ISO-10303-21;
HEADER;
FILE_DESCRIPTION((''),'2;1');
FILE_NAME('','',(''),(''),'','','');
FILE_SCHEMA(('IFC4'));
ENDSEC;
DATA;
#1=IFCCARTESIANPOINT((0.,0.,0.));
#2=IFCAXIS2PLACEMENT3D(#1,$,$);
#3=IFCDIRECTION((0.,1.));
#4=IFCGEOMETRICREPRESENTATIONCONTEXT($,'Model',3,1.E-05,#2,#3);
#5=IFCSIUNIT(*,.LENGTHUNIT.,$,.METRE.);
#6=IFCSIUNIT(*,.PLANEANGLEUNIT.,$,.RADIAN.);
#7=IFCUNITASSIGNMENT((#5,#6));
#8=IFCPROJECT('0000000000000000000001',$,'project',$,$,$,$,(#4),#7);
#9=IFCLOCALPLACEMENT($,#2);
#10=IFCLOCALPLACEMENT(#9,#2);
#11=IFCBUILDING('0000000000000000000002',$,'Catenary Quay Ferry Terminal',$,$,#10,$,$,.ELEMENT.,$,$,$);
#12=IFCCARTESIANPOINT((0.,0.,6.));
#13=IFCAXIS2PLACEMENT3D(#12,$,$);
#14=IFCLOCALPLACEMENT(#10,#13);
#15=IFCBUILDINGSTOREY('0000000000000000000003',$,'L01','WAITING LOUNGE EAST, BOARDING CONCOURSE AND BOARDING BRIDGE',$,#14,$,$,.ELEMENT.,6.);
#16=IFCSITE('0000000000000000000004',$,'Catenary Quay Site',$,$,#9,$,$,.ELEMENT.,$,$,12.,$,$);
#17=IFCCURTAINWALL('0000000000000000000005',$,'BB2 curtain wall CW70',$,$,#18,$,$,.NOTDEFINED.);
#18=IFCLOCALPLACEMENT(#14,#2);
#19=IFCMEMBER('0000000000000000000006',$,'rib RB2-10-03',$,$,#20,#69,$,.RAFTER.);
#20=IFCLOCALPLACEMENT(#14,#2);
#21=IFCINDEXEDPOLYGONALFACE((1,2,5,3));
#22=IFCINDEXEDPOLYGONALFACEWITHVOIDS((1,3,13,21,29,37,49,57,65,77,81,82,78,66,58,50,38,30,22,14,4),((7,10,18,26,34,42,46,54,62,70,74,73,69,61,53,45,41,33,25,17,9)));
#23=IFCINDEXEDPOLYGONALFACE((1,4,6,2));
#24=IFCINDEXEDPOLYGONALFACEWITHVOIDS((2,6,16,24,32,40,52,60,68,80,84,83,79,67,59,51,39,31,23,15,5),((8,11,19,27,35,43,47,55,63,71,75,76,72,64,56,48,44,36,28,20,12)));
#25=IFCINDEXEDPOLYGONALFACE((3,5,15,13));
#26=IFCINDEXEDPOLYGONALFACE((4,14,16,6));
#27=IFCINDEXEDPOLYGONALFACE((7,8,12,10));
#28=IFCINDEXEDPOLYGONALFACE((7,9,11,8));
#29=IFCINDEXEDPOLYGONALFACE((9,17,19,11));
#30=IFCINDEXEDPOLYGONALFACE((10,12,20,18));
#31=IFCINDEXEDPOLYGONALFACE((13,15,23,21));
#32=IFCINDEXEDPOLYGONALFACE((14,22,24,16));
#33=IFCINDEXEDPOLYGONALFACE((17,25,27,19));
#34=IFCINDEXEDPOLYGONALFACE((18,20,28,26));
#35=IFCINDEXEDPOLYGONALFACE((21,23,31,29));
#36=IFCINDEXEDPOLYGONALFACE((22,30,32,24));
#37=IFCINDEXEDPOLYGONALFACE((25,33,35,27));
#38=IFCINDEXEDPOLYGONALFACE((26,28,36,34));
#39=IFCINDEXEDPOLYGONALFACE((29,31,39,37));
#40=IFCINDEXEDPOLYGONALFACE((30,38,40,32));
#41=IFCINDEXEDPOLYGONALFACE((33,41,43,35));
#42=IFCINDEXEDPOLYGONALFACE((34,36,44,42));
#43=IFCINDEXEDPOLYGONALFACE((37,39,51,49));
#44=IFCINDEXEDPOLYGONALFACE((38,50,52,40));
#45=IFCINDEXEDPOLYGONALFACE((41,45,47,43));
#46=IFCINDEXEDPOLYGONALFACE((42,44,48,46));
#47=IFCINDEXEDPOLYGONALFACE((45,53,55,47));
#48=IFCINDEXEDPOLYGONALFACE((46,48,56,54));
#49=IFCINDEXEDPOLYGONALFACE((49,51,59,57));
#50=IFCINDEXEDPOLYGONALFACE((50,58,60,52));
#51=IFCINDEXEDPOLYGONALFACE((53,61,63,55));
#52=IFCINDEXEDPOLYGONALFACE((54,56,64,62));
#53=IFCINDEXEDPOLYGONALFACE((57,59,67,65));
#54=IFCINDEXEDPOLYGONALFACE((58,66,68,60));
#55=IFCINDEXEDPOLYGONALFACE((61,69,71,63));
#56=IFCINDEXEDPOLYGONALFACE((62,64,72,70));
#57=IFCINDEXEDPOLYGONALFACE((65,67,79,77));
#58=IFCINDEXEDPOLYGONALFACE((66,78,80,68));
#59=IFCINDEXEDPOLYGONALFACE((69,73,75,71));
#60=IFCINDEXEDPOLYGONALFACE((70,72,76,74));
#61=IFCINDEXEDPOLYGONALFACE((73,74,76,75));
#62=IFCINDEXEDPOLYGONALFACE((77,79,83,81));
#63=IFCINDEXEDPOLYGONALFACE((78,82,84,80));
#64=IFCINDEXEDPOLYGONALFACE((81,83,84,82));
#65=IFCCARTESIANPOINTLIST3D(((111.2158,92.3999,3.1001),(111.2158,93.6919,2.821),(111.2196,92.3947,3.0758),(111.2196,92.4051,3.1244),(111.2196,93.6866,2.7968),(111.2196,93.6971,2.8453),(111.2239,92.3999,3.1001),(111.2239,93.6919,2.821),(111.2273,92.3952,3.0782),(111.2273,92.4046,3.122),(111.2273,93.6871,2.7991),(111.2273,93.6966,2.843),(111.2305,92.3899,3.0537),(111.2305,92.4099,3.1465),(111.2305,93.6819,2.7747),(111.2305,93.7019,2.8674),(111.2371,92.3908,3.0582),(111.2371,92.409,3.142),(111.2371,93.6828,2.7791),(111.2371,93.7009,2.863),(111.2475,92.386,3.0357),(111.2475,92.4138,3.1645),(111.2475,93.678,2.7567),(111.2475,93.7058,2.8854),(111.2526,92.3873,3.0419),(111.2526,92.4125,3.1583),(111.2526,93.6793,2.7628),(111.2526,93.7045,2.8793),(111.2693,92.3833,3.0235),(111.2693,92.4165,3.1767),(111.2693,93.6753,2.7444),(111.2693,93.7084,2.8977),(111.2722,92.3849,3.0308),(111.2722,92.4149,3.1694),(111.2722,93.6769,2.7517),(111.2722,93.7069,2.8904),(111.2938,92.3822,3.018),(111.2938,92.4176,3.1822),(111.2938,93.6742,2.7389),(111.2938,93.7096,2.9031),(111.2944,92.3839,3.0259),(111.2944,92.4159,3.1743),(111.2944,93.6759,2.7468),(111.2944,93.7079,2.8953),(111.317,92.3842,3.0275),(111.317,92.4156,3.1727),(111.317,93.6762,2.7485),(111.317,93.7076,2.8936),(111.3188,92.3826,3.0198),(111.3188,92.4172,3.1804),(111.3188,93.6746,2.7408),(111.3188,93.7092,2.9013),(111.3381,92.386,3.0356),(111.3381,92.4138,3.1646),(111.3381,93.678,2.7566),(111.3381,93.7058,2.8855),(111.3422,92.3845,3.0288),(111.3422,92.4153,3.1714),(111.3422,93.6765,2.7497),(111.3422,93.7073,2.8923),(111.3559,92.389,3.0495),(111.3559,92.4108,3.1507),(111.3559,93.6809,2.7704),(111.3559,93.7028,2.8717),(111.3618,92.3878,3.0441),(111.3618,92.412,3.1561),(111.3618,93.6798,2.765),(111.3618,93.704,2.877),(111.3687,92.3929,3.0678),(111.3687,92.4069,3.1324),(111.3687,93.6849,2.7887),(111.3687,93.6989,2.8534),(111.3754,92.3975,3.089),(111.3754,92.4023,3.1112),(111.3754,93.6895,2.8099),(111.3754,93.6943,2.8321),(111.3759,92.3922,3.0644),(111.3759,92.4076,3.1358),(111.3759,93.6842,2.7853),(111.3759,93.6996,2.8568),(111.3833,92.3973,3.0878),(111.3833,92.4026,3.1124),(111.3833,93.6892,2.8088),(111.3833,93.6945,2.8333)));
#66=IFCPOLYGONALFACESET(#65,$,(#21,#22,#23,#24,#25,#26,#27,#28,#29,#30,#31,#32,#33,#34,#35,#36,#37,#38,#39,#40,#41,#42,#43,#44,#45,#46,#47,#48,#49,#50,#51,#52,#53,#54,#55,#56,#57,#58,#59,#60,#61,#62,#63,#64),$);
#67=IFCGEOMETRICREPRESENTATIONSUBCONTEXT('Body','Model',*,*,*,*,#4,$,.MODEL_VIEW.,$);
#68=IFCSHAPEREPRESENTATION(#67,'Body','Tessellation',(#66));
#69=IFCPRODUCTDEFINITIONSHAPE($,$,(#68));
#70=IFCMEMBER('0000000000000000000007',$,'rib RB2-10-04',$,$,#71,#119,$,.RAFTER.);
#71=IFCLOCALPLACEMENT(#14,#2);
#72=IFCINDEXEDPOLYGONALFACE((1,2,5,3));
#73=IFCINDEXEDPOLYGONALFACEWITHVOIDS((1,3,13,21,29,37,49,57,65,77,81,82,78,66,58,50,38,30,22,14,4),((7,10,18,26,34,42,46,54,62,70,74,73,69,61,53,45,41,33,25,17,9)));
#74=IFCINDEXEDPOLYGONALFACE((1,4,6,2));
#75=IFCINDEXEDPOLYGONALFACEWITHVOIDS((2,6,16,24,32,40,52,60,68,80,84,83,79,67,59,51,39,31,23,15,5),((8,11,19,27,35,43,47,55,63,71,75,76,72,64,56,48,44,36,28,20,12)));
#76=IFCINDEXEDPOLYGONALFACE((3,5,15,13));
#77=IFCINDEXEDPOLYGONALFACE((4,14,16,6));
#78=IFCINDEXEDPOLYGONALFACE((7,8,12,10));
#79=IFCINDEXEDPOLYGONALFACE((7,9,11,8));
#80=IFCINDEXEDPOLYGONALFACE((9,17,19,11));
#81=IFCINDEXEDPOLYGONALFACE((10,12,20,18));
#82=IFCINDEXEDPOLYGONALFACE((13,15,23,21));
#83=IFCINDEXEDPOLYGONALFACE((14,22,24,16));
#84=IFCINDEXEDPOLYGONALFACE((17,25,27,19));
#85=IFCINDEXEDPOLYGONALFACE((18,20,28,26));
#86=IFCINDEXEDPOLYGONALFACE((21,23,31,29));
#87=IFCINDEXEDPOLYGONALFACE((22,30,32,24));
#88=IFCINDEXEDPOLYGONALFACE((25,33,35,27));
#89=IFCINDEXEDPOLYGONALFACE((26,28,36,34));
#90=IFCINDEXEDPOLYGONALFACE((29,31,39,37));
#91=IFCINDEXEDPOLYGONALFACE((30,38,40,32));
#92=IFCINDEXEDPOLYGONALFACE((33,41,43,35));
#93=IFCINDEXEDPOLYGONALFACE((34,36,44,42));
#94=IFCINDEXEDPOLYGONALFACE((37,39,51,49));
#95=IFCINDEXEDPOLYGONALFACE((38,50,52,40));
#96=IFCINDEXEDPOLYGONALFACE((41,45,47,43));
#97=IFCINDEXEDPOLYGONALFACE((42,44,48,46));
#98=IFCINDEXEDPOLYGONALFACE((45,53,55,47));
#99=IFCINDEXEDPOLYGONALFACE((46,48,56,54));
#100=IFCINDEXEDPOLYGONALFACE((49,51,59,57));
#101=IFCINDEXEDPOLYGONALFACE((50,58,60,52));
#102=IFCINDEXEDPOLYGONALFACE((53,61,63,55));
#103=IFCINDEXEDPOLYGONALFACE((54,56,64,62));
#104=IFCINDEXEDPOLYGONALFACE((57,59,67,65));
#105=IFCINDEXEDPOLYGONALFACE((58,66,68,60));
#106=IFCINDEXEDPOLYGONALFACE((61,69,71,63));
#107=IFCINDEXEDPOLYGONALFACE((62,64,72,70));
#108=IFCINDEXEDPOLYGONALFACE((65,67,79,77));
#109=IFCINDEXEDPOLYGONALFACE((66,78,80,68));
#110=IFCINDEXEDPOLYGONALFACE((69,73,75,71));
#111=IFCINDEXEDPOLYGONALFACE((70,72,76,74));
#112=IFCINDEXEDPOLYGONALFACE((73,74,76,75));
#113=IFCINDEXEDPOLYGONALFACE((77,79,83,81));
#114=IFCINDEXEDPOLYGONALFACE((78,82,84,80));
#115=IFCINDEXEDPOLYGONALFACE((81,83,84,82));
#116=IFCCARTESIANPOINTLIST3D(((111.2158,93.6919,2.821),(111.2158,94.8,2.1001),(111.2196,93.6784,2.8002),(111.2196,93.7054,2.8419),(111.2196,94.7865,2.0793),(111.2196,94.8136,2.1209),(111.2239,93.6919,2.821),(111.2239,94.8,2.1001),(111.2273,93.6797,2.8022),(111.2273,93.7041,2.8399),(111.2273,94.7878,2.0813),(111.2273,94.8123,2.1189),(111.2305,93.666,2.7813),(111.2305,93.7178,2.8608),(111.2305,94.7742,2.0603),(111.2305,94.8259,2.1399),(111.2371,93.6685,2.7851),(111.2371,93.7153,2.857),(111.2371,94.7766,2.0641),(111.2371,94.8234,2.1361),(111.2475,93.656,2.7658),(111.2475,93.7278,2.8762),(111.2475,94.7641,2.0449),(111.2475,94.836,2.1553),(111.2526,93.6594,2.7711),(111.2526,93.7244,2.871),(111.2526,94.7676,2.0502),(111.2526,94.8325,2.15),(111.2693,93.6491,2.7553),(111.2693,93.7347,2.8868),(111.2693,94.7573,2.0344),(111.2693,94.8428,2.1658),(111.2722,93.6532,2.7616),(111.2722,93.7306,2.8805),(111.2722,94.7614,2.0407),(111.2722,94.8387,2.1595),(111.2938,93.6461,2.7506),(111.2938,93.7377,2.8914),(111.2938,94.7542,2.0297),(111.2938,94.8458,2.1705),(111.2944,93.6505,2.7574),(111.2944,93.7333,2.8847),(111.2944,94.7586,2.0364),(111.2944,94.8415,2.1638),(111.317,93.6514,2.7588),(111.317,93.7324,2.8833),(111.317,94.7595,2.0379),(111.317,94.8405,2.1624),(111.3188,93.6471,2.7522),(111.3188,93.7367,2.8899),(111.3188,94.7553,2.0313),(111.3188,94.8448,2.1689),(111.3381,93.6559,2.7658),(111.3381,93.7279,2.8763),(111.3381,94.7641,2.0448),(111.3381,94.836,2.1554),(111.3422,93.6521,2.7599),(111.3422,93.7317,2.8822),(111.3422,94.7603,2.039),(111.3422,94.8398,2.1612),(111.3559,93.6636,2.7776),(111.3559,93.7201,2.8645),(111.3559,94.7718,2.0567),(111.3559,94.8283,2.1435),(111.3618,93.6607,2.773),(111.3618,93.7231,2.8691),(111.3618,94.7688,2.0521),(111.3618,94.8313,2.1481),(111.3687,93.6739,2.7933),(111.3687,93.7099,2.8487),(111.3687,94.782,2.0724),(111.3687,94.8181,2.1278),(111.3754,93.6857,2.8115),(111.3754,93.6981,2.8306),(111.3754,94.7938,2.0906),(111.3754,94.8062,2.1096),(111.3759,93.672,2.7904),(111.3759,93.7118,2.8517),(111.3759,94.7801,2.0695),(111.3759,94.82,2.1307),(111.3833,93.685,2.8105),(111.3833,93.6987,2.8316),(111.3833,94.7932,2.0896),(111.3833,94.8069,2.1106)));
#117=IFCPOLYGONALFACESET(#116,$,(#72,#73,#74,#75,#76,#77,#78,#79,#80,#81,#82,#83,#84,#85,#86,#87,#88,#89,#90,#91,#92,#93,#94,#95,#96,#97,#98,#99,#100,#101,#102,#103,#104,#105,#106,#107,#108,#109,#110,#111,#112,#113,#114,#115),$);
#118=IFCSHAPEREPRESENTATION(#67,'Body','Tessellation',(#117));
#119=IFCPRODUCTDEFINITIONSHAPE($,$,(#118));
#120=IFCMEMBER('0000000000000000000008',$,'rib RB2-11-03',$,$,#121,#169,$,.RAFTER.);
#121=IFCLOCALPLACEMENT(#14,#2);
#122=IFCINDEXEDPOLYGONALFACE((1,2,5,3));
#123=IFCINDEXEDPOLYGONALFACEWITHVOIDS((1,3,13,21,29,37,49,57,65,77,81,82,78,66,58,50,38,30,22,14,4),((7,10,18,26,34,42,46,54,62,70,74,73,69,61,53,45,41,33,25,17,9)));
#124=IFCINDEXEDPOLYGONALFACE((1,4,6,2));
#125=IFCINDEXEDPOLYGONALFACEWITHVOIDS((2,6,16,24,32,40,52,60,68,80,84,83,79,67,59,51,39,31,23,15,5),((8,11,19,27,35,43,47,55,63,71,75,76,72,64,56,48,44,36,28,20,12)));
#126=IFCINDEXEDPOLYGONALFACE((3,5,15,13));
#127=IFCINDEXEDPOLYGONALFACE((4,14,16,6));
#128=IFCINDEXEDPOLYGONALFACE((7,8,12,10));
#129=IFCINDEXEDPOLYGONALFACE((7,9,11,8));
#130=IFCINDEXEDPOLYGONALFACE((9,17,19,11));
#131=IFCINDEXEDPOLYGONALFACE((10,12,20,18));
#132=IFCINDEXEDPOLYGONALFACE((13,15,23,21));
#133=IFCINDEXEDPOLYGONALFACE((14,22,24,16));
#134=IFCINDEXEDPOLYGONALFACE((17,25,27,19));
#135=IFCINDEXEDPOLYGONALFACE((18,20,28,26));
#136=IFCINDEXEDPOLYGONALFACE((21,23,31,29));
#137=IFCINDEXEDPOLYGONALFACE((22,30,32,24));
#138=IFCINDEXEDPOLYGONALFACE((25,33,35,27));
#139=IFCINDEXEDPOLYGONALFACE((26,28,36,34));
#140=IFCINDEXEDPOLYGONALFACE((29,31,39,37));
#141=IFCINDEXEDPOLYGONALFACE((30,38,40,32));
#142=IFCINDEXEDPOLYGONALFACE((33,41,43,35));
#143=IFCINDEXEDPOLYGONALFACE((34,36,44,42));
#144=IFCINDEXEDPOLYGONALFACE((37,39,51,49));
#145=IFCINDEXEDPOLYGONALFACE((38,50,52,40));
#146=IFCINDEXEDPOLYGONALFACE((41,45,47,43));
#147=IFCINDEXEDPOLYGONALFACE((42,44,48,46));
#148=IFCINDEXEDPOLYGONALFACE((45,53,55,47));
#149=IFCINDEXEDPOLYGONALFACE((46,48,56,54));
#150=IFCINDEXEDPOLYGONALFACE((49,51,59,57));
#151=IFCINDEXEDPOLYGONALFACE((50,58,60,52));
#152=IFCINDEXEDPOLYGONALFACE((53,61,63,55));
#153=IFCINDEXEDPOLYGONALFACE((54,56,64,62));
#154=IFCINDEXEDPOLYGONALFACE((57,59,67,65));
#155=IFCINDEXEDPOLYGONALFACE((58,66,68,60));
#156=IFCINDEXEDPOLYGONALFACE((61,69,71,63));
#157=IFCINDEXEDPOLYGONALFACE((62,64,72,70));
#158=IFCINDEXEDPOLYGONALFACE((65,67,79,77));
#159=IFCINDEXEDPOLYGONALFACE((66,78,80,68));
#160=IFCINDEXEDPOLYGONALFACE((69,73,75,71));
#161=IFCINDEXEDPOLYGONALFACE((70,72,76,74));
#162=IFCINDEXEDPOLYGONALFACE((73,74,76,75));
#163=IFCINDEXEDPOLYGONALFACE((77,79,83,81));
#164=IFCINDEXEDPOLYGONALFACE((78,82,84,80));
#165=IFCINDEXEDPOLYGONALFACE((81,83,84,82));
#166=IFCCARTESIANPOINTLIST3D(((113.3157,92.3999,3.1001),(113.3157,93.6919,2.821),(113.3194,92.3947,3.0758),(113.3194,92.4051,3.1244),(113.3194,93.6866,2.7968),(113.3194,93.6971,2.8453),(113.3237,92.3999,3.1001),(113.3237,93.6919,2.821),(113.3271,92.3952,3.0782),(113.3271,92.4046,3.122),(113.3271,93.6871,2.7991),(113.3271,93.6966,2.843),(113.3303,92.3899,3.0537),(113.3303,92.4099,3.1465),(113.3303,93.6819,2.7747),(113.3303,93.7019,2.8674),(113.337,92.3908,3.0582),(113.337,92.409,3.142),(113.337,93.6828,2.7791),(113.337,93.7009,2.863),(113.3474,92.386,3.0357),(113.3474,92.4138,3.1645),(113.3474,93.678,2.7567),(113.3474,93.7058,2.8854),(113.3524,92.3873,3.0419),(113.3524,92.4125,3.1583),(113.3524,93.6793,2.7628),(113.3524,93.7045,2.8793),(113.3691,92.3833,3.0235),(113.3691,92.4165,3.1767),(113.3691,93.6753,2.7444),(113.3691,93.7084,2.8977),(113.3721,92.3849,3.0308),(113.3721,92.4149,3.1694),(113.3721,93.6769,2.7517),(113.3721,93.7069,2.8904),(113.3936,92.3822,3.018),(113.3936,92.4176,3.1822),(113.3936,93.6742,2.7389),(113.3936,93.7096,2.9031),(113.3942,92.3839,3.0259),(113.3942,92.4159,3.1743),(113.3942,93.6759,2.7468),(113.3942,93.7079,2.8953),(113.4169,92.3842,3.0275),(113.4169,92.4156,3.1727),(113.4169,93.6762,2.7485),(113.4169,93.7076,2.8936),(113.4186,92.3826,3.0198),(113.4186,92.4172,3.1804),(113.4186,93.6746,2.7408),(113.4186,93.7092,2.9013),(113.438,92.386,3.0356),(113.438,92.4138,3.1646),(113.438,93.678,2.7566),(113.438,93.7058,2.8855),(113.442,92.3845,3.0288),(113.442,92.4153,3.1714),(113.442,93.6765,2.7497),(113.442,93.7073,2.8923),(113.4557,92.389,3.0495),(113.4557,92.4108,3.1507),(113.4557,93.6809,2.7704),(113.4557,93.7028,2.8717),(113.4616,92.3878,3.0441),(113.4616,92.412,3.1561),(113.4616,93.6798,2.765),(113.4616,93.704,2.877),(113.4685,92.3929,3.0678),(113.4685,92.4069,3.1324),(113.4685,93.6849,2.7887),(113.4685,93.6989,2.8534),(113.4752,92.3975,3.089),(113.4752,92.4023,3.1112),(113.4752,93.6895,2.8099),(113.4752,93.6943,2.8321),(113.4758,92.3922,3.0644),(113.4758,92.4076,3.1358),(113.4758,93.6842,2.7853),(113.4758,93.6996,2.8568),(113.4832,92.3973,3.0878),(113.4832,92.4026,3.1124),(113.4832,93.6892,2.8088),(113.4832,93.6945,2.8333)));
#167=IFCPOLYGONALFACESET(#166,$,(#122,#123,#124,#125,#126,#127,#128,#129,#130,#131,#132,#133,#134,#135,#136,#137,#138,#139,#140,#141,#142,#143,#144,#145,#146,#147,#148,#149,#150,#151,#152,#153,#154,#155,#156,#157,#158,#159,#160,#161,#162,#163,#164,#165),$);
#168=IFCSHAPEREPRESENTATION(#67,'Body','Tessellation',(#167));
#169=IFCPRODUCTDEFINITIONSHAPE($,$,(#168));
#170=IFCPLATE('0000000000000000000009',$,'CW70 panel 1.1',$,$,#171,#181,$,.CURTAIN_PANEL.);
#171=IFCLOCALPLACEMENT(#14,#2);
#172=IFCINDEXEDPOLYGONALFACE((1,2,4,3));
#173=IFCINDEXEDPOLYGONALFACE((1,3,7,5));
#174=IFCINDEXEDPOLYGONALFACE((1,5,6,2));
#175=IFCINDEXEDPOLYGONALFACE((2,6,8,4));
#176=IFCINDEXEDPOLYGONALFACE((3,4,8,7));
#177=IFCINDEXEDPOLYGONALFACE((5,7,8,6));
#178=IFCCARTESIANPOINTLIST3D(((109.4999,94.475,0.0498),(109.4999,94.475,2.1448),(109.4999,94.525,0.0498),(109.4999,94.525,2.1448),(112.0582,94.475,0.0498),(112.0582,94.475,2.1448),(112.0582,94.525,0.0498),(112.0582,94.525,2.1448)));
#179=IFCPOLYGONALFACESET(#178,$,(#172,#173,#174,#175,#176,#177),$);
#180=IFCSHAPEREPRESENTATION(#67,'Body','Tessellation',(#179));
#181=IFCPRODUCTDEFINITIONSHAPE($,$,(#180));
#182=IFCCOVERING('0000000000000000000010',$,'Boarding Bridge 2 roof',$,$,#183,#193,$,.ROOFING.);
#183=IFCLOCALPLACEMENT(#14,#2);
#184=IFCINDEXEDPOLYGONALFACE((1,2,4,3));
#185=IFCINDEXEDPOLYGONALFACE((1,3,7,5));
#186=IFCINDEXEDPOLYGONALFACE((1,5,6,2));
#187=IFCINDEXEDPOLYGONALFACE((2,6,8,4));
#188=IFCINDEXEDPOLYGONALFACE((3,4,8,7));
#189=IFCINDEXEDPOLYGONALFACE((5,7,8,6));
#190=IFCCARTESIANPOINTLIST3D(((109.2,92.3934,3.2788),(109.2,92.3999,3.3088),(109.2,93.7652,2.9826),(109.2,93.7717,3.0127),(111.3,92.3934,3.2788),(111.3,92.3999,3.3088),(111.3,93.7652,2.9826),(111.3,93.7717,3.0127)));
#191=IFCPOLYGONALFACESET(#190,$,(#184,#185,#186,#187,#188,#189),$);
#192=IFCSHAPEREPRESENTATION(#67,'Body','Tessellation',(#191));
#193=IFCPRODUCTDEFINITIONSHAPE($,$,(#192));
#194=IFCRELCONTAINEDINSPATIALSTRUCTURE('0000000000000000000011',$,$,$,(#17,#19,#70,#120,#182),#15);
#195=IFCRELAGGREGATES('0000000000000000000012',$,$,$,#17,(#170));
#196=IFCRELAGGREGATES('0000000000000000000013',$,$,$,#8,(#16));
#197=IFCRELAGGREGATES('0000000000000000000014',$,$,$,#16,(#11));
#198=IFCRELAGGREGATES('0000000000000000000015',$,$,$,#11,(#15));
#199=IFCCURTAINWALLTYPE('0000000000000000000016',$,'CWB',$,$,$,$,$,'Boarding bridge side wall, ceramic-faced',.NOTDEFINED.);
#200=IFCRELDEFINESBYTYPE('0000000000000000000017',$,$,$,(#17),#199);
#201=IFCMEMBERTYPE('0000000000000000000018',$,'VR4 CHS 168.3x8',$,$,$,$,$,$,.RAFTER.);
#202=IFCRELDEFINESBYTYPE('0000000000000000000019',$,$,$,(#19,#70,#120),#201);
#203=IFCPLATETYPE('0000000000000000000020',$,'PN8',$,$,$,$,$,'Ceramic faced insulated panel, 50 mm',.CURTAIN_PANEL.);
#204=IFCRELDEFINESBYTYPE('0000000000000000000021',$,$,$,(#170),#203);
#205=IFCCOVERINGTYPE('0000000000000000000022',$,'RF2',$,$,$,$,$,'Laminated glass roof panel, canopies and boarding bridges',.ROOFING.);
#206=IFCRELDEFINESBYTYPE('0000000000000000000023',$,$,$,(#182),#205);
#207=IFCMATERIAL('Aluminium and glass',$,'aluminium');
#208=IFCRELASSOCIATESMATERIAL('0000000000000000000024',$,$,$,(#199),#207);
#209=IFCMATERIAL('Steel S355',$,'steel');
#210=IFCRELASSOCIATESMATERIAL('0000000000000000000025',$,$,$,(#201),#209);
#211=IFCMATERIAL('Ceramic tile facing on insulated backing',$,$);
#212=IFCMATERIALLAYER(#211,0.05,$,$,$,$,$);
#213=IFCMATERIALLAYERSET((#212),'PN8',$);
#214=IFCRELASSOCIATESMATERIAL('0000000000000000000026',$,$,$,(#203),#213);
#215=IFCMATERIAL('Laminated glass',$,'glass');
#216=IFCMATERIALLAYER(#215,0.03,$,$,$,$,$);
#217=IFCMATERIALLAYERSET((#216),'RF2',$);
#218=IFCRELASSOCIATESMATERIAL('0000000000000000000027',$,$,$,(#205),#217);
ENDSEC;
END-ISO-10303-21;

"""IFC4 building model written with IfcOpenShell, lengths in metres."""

from ifc_helpers import new_model, si_unit, direction, frame, origin, origin_2d, place, context, subcontext, project, spatial, polyline, rectangle, hollow_circle, outline, extrude, material, layer, layer_set, material_profile, profile_set, type_object, element, aggregate, save


model = new_model("IFC4")

# Units and contexts
model_context = context("Model", 3, precision=1e-05, world=origin(), true_north=direction((0.0, 1.0)))
body_context = subcontext(model_context, "Body", "Model", "MODEL_VIEW")
ifc_project = project(units=[si_unit("LENGTHUNIT", "METRE"), si_unit("PLANEANGLEUNIT", "RADIAN")], contexts=[model_context])

# Site, building, storey
site_placement = place(None, origin())
site = spatial("IfcSite", under=ifc_project, at=site_placement, Name="Catenary Quay Site", CompositionType="ELEMENT", RefElevation=12.0)
building_placement = place(site_placement, origin())
building = spatial("IfcBuilding", under=site, at=building_placement, Name="Catenary Quay Ferry Terminal", CompositionType="ELEMENT")
storey_placement = place(building_placement, frame((0.0, 0.0, 6.0)))
storey = spatial("IfcBuildingStorey", under=building, at=storey_placement, Name="L01", Description="WAITING LOUNGE EAST, BOARDING CONCOURSE AND BOARDING BRIDGE", CompositionType="ELEMENT", Elevation=6.0)

# Curtain wall
ifc_material_1 = material(Name="Aluminium and glass", Category="aluminium")
curtain_wall_type = type_object("IfcCurtainWallType", Name="CWB", ElementType="Boarding bridge side wall, ceramic-faced", PredefinedType="NOTDEFINED", material=ifc_material_1)
curtain_wall_placement = place(storey_placement, origin())
curtain_wall = element("IfcCurtainWall", 1, at=curtain_wall_placement, inside=storey, type_object=curtain_wall_type, Name="BB2 curtain wall CW70", PredefinedType="NOTDEFINED")

# Members
ifc_material_2 = material(Name="Steel S355", Category="steel")
ifc_material_profile_1 = material_profile(ifc_material_2, hollow_circle(Radius=0.0842, WallThickness=0.0081, at=origin_2d()), Name="CHS 168.3x8")
ifc_profile_set_1 = profile_set([ifc_material_profile_1], Name="Steel S355")
member_type_1 = type_object("IfcMemberType", Name="VR4 CHS 168.3x8", PredefinedType="RAFTER", material=ifc_profile_set_1)
member_1_placement = place(storey_placement, frame((111.3, 92.3999, 3.1001), z_axis=(0.0, 0.977461, -0.211118), x_axis=(-1.0, 0.0, 0.0)))
element("IfcMember", 2, at=member_1_placement, inside=storey, type_object=member_type_1, Name="rib RB2-10-03", PredefinedType="RAFTER", context=body_context, shape_type="SweptSolid", body=[
    extrude(hollow_circle(Radius=0.0842, WallThickness=0.0081, at=origin_2d()), origin(), (0.0, 0.0, 1.0), 1.3218),
])
member_2_placement = place(storey_placement, frame((111.3, 93.6919, 2.821), z_axis=(0.0, 0.83822, -0.545332), x_axis=(-1.0, 0.0, 0.0)))
element("IfcMember", 3, at=member_2_placement, inside=storey, type_object=member_type_1, Name="rib RB2-10-04", PredefinedType="RAFTER", context=body_context, shape_type="SweptSolid", body=[
    extrude(hollow_circle(Radius=0.0842, WallThickness=0.0081, at=origin_2d()), origin(), (0.0, 0.0, 1.0), 1.322),
])
member_3_placement = place(storey_placement, frame((113.3999, 92.3999, 3.1001), z_axis=(0.0, 0.977461, -0.211118), x_axis=(-1.0, 0.0, 0.0)))
element("IfcMember", 4, at=member_3_placement, inside=storey, type_object=member_type_1, Name="rib RB2-11-03", PredefinedType="RAFTER", context=body_context, shape_type="SweptSolid", body=[
    extrude(hollow_circle(Radius=0.0842, WallThickness=0.0081, at=origin_2d()), origin(), (0.0, 0.0, 1.0), 1.3218),
])

# Plate
ifc_material_3 = material(Name="Ceramic tile facing on insulated backing")
ifc_layer_1 = layer(ifc_material_3, 0.05)
ifc_layer_set_1 = layer_set([ifc_layer_1], Name="PN8")
plate_type = type_object("IfcPlateType", Name="PN8", ElementType="Ceramic faced insulated panel, 50 mm", PredefinedType="CURTAIN_PANEL", material=ifc_layer_set_1)
plate_placement = place(storey_placement, frame((110.7791, 94.5, 0.0498), z_axis=(0.0, 0.0, 1.0), x_axis=(1.0, 0.0, 0.0)))
plate = element("IfcPlate", 5, at=plate_placement, type_object=plate_type, Name="CW70 panel 1.1", PredefinedType="CURTAIN_PANEL", context=body_context, shape_type="SweptSolid", body=[
    extrude(rectangle(XDim=2.5583, YDim=0.05, at=origin_2d()), origin(), (0.0, 0.0, 1.0), 2.095),
])
aggregate(curtain_wall, [plate])

# Covering
ifc_material_4 = material(Name="Laminated glass", Category="glass")
ifc_layer_2 = layer(ifc_material_4, 0.03)
ifc_layer_set_2 = layer_set([ifc_layer_2], Name="RF2")
covering_type = type_object("IfcCoveringType", Name="RF2", ElementType="Laminated glass roof panel, canopies and boarding bridges", PredefinedType="ROOFING", material=ifc_layer_set_2)
covering_1_placement = place(storey_placement, frame((109.2, 92.3999, 3.3088), z_axis=(0.0, 0.211014, 0.977483), x_axis=(1.0, 0.0, 0.0)))
element("IfcCovering", 6, at=covering_1_placement, inside=storey, type_object=covering_type, Name="Boarding Bridge 2 roof", PredefinedType="ROOFING", context=body_context, shape_type="SweptSolid", body=[
    extrude(outline(polyline([(0.0, 0.0), (2.1001, 0.0), (2.1001, 1.4034), (0.0, 1.4034), (0.0, 0.0)])), origin(), (0.0, 0.0, -1.0), 0.0308),
])

save(model, "model.ifc")
